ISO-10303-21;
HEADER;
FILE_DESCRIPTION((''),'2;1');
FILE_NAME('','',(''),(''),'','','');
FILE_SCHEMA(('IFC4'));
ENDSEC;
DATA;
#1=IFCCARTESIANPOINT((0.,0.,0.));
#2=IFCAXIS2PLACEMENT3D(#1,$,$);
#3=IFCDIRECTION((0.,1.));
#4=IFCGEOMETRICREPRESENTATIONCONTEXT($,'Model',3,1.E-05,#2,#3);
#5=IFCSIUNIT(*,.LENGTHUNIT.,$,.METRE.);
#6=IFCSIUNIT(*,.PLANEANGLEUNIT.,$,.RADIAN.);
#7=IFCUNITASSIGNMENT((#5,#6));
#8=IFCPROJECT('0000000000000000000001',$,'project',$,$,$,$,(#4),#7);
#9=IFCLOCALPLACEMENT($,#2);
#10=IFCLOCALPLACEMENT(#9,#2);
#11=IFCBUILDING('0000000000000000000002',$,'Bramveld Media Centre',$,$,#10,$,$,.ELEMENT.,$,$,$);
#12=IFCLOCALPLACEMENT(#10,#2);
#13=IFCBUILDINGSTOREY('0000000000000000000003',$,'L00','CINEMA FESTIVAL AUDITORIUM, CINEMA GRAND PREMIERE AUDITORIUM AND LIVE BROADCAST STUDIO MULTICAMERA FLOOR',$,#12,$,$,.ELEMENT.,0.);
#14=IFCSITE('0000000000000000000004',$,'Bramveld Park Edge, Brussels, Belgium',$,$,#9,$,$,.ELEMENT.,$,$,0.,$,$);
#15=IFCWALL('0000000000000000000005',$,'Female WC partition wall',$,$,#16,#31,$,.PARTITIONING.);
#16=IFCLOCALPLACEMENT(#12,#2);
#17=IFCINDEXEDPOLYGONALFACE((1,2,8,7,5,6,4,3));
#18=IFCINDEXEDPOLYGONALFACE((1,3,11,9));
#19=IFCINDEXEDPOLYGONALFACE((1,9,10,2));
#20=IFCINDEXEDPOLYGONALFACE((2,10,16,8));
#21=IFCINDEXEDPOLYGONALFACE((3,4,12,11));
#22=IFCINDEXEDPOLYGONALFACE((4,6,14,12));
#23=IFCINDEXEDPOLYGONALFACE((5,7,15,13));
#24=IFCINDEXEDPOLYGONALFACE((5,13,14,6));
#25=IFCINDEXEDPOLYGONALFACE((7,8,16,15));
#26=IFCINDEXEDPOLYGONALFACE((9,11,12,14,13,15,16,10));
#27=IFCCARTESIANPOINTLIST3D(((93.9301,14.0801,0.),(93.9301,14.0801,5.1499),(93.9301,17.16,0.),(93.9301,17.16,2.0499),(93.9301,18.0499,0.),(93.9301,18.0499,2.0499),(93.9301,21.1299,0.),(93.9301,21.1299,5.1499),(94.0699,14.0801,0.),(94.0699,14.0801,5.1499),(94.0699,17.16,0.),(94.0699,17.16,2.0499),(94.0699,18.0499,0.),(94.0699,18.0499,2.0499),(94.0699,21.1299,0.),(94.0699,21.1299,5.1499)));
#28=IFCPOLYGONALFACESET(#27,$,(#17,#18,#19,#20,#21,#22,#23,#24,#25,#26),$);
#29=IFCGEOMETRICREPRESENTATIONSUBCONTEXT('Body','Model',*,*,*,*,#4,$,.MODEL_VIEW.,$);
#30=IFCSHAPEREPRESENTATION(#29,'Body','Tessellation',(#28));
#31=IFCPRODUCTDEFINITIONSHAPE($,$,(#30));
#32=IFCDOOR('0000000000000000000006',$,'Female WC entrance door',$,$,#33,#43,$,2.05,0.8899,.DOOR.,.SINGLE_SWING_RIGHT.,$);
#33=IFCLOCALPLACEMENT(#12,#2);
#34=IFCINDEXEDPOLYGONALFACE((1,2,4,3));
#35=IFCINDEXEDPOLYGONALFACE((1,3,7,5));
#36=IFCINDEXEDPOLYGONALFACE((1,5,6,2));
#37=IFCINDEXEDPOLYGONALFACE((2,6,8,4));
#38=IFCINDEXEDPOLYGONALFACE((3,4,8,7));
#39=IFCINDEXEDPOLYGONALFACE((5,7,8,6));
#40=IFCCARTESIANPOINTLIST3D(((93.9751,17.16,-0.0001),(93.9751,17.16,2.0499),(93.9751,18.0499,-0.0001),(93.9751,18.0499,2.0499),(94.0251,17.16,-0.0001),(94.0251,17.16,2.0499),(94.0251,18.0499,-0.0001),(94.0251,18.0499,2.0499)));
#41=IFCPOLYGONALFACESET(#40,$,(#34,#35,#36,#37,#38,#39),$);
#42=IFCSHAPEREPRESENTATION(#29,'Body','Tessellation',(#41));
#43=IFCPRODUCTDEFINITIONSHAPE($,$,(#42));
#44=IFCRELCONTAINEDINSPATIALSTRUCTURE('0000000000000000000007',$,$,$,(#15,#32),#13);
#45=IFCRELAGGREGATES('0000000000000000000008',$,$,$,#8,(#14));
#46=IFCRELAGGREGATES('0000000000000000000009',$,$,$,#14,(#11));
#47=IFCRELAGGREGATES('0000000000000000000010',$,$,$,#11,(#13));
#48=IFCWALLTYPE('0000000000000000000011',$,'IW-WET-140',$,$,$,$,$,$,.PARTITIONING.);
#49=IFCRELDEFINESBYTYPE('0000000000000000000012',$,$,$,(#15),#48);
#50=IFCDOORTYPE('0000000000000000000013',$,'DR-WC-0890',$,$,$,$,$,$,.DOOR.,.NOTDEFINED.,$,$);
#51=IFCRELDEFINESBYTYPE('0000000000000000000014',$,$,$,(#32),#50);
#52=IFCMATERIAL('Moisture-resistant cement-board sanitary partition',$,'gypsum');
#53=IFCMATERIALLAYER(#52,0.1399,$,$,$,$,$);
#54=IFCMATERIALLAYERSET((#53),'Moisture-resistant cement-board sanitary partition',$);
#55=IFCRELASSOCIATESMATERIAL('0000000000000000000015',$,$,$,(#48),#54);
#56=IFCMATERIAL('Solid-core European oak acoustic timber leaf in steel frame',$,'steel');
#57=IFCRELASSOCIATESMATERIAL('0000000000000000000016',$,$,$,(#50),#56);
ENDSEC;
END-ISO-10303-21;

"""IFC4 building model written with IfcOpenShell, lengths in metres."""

from ifc_helpers import new_model, si_unit, direction, frame, frame_2d, origin, place, context, subcontext, project, spatial, rectangle, extrude, material, layer, layer_set, type_object, element, fill, save


model = new_model("IFC4")

# Units and contexts
model_context = context("Model", 3, precision=1e-05, world=origin(), true_north=direction((0.0, 1.0)))
body_context = subcontext(model_context, "Body", "Model", "MODEL_VIEW")
ifc_project = project(units=[si_unit("LENGTHUNIT", "METRE"), si_unit("PLANEANGLEUNIT", "RADIAN")], contexts=[model_context])

# Site, building, storey
site_placement = place(None, origin())
site = spatial("IfcSite", under=ifc_project, at=site_placement, Name="Bramveld Park Edge, Brussels, Belgium", CompositionType="ELEMENT", RefElevation=0.0)
building_placement = place(site_placement, origin())
building = spatial("IfcBuilding", under=site, at=building_placement, Name="Bramveld Media Centre", CompositionType="ELEMENT")
storey_placement = place(building_placement, origin())
storey = spatial("IfcBuildingStorey", under=building, at=storey_placement, Name="L00", Description="CINEMA FESTIVAL AUDITORIUM, CINEMA GRAND PREMIERE AUDITORIUM AND LIVE BROADCAST STUDIO MULTICAMERA FLOOR", CompositionType="ELEMENT", Elevation=0.0)

# Shared definitions
ifc_material_1 = material(Name="Moisture-resistant cement-board sanitary partition", Category="gypsum")
ifc_layer_1 = layer(ifc_material_1, 0.1399)
ifc_layer_set_1 = layer_set([ifc_layer_1], Name="Moisture-resistant cement-board sanitary partition")
wall_type_1 = type_object("IfcWallType", Name="IW-WET-140", PredefinedType="PARTITIONING", material=ifc_layer_set_1)

# Wall, opening, door
wall_1_placement = place(storey_placement, frame((94.0, 14.0801, 0.0), z_axis=(0.0, 0.0, 1.0), x_axis=(0.0, 1.0, 0.0)))
wall_1 = element("IfcWall", 1, at=wall_1_placement, inside=storey, type_object=wall_type_1, Name="Female WC partition wall", PredefinedType="PARTITIONING", context=body_context, shape_type="SweptSolid", body=[
    extrude(rectangle(XDim=7.0498, YDim=0.1399, at=frame_2d((3.5249, 0.0))), origin(), (0.0, 0.0, 1.0), 5.1499),
])
opening_1_placement = place(wall_1_placement, frame((3.0801, 0.0, 0.0)))
opening_1 = element("IfcOpeningElement", 2, at=opening_1_placement, cuts=wall_1, PredefinedType="OPENING", context=body_context, shape_type="SweptSolid", body=[
    extrude(rectangle(XDim=0.8899, YDim=2.05, at=frame_2d((0.4448, 1.0249))), frame((0.0, 0.082, 0.0), z_axis=(0.0, -1.0, 0.0), x_axis=(1.0, 0.0, 0.0)), (0.0, 0.0, 1.0), 0.1638),
])
ifc_material_2 = material(Name="Solid-core European oak acoustic timber leaf in steel frame", Category="steel")
door_type_1 = type_object("IfcDoorType", Name="DR-WC-0890", OperationType="NOTDEFINED", PredefinedType="DOOR", material=ifc_material_2)
door_1_placement = place(opening_1_placement, origin())
door_1 = element("IfcDoor", 3, at=door_1_placement, inside=storey, type_object=door_type_1, Name="Female WC entrance door", OperationType="SINGLE_SWING_RIGHT", OverallHeight=2.05, OverallWidth=0.8899, PredefinedType="DOOR", context=body_context, shape_type="SweptSolid", body=[
    extrude(rectangle(XDim=0.8899, YDim=2.05, at=frame_2d((0.4448, 1.0249))), frame((0.0, 0.0249, 0.0), z_axis=(0.0, -1.0, 0.0), x_axis=(1.0, 0.0, 0.0)), (0.0, 0.0, 1.0), 0.05),
])
fill(opening_1, door_1)

save(model, "model.ifc")
